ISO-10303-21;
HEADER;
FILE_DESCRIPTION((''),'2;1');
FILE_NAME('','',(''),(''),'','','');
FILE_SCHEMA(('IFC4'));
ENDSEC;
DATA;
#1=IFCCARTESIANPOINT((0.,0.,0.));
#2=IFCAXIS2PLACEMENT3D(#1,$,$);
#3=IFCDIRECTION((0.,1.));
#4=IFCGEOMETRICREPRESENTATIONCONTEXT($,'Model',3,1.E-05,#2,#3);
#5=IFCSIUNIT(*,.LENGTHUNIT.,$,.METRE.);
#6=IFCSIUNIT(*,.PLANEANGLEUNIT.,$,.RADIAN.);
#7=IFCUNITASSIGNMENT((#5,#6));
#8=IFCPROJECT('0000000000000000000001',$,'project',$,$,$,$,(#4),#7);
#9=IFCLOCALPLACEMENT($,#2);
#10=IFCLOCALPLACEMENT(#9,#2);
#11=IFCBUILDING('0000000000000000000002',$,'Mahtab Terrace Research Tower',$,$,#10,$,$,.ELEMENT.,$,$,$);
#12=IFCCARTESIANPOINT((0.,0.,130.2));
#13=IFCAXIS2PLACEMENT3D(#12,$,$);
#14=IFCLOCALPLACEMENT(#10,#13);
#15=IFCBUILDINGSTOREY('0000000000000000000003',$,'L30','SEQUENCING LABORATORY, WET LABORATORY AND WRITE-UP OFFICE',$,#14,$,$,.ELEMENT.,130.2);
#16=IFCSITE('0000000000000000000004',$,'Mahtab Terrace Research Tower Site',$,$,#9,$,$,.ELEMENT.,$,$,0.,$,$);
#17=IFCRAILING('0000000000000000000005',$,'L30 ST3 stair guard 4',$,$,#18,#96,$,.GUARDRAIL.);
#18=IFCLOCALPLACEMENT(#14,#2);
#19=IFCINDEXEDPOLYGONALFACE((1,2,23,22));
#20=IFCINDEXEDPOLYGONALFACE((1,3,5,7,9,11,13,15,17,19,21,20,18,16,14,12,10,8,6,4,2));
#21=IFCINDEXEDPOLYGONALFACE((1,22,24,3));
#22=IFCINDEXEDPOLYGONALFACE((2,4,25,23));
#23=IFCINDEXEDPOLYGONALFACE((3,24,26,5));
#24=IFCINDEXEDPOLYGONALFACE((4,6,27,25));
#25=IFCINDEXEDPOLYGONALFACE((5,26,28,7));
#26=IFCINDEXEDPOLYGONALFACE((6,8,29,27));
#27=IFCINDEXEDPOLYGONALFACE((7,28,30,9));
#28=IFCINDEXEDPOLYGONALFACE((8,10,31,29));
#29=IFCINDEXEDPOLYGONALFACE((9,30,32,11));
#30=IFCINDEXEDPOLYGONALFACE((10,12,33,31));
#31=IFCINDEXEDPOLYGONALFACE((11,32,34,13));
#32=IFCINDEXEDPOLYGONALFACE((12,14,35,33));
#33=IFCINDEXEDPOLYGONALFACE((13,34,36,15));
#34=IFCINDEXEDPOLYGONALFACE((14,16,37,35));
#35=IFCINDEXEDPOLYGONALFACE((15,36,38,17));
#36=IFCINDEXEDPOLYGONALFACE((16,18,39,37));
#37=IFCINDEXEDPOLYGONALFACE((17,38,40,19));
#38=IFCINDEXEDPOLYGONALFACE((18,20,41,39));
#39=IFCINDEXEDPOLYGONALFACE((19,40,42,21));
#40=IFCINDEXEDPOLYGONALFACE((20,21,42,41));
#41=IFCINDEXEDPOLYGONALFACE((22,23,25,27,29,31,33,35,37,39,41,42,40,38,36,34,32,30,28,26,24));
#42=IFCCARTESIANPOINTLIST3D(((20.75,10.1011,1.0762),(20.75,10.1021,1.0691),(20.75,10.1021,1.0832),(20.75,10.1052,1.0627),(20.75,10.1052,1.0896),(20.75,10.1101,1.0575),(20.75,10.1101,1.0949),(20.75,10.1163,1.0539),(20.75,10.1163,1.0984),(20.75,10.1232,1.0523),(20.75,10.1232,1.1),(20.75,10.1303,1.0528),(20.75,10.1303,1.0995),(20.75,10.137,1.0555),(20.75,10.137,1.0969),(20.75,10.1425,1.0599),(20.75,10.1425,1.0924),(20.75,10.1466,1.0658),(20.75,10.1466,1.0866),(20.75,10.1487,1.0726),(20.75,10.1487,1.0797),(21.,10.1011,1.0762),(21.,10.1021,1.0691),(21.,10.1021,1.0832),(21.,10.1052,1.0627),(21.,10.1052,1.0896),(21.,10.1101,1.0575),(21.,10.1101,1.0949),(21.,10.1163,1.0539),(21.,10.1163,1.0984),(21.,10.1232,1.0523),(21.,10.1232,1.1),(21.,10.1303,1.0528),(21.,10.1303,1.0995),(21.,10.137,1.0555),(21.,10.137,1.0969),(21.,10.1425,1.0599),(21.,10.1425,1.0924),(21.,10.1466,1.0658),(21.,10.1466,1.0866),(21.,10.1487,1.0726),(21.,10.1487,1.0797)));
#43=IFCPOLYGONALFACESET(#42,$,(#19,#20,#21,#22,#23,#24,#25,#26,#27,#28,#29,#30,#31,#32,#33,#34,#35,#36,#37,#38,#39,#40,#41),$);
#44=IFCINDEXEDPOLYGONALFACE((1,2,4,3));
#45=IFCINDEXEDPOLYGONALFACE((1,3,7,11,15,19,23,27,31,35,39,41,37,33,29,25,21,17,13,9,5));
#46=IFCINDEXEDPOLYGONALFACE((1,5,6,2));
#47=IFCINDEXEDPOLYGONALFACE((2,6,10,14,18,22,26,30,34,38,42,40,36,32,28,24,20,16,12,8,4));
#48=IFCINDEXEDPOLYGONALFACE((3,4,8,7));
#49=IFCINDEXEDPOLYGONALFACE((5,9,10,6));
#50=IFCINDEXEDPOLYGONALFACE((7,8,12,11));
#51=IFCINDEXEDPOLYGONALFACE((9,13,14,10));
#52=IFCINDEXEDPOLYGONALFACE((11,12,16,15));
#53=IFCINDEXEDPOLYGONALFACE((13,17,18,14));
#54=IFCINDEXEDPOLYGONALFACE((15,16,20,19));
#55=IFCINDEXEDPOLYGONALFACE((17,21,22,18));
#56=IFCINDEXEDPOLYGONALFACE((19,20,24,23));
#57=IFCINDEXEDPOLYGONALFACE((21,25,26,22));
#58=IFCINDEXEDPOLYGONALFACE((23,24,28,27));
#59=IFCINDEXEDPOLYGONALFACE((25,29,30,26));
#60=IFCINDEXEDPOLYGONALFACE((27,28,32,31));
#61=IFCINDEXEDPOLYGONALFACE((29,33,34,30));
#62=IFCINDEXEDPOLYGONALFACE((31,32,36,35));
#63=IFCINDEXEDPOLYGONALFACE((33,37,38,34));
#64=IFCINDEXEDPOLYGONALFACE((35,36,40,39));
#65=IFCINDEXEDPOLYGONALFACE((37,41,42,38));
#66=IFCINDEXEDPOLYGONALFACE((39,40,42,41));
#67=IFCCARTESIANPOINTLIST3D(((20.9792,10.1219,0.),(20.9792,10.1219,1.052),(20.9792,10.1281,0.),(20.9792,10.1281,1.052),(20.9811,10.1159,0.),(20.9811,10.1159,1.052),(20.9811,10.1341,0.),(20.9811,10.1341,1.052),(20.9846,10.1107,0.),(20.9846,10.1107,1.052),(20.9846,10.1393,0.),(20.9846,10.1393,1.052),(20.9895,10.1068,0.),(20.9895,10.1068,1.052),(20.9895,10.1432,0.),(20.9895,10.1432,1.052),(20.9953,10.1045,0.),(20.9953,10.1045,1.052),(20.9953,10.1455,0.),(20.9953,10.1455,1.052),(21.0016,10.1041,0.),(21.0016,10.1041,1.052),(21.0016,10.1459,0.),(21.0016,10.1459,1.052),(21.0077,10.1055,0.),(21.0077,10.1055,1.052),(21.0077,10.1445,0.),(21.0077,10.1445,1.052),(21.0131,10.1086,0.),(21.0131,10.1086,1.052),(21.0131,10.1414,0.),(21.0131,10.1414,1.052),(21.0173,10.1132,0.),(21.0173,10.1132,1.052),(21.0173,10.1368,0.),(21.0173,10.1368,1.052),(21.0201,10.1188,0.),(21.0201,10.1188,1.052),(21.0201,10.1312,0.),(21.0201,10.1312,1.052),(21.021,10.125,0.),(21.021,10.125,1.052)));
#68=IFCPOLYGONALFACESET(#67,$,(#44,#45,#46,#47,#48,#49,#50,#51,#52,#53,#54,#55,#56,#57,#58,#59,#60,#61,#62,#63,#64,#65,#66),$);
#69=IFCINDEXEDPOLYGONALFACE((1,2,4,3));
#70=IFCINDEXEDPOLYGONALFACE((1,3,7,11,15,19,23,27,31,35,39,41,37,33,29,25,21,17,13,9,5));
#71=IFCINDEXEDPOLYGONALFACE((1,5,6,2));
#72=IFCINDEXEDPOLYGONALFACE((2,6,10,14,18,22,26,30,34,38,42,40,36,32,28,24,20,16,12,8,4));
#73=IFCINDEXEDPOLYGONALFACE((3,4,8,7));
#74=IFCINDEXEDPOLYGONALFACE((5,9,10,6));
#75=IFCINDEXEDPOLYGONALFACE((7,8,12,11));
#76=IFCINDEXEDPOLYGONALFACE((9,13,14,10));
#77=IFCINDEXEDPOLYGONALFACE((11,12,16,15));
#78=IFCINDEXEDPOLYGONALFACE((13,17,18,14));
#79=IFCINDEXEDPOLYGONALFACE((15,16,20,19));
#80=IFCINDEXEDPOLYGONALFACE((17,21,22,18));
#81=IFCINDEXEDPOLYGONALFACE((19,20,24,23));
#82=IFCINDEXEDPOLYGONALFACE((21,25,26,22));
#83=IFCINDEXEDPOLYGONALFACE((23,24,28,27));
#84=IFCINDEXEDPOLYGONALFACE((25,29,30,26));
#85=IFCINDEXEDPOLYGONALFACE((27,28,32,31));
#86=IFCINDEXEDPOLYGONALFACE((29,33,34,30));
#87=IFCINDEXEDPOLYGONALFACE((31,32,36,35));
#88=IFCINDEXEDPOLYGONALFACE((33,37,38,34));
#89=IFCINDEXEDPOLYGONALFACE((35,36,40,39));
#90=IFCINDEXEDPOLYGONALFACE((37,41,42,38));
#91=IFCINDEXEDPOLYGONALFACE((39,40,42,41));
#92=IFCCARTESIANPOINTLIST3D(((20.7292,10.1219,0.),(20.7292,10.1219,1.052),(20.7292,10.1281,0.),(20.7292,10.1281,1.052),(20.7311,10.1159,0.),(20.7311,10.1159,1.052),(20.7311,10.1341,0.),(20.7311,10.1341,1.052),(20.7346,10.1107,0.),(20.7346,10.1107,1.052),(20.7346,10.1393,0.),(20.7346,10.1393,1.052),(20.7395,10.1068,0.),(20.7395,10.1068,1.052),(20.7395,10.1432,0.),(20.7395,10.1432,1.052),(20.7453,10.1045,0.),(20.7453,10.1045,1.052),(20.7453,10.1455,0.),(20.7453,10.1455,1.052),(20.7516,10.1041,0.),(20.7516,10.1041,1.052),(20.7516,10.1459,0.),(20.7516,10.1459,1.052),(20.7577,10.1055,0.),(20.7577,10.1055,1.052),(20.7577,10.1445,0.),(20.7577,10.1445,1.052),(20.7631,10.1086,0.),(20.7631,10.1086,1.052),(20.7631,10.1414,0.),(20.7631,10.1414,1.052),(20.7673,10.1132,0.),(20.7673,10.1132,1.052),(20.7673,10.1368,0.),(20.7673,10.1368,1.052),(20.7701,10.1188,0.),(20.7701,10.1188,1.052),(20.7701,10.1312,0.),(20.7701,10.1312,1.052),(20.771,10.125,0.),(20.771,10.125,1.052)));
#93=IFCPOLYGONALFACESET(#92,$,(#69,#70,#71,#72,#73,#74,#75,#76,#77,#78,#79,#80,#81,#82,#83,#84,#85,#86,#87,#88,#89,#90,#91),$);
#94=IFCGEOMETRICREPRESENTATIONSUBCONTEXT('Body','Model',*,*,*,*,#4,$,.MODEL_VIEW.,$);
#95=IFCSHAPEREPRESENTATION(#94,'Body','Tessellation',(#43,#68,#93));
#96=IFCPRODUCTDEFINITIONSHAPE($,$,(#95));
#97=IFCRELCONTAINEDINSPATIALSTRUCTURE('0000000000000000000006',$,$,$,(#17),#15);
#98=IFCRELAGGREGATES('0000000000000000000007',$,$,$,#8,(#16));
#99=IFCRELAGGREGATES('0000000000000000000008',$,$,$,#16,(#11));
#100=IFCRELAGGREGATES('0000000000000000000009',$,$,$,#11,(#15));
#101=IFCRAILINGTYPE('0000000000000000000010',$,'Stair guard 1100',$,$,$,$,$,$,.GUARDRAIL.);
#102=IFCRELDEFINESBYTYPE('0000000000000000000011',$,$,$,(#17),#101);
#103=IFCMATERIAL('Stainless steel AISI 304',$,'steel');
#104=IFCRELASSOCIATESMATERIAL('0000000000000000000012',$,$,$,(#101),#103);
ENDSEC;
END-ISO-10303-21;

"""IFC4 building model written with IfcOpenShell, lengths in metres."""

from ifc_helpers import new_model, si_unit, direction, frame, origin, origin_2d, place, context, subcontext, project, spatial, circle, extrude, material, type_object, element, save


model = new_model("IFC4")

# Units and contexts
model_context = context("Model", 3, precision=1e-05, world=origin(), true_north=direction((0.0, 1.0)))
body_context = subcontext(model_context, "Body", "Model", "MODEL_VIEW")
ifc_project = project(units=[si_unit("LENGTHUNIT", "METRE"), si_unit("PLANEANGLEUNIT", "RADIAN")], contexts=[model_context])

# Site, building, storey
site_placement = place(None, origin())
site = spatial("IfcSite", under=ifc_project, at=site_placement, Name="Mahtab Terrace Research Tower Site", CompositionType="ELEMENT", RefElevation=0.0)
building_placement = place(site_placement, origin())
building = spatial("IfcBuilding", under=site, at=building_placement, Name="Mahtab Terrace Research Tower", CompositionType="ELEMENT")
storey_placement = place(building_placement, frame((0.0, 0.0, 130.2)))
storey = spatial("IfcBuildingStorey", under=building, at=storey_placement, Name="L30", Description="SEQUENCING LABORATORY, WET LABORATORY AND WRITE-UP OFFICE", CompositionType="ELEMENT", Elevation=130.2)

# Railing
ifc_material_1 = material(Name="Stainless steel AISI 304", Category="steel")
railing_type_1 = type_object("IfcRailingType", Name="Stair guard 1100", PredefinedType="GUARDRAIL", material=ifc_material_1)
railing_1_placement = place(storey_placement, frame((21.0, 10.125, 0.0)))
element("IfcRailing", 1, at=railing_1_placement, inside=storey, type_object=railing_type_1, Name="L30 ST3 stair guard 4", PredefinedType="GUARDRAIL", context=body_context, shape_type="SweptSolid", body=[
    extrude(circle(Radius=0.0239, at=origin_2d()), frame((0.0, 0.0, 1.0762), z_axis=(-1.0, 0.0, 0.0), x_axis=(0.0, -1.0, 0.0)), (0.0, 0.0, 1.0), 0.25),
    extrude(circle(Radius=0.021, at=origin_2d()), origin(), (0.0, 0.0, 1.0), 1.052),
    extrude(circle(Radius=0.021, at=origin_2d()), frame((-0.25, 0.0, 0.0)), (0.0, 0.0, 1.0), 1.052),
])

save(model, "model.ifc")
